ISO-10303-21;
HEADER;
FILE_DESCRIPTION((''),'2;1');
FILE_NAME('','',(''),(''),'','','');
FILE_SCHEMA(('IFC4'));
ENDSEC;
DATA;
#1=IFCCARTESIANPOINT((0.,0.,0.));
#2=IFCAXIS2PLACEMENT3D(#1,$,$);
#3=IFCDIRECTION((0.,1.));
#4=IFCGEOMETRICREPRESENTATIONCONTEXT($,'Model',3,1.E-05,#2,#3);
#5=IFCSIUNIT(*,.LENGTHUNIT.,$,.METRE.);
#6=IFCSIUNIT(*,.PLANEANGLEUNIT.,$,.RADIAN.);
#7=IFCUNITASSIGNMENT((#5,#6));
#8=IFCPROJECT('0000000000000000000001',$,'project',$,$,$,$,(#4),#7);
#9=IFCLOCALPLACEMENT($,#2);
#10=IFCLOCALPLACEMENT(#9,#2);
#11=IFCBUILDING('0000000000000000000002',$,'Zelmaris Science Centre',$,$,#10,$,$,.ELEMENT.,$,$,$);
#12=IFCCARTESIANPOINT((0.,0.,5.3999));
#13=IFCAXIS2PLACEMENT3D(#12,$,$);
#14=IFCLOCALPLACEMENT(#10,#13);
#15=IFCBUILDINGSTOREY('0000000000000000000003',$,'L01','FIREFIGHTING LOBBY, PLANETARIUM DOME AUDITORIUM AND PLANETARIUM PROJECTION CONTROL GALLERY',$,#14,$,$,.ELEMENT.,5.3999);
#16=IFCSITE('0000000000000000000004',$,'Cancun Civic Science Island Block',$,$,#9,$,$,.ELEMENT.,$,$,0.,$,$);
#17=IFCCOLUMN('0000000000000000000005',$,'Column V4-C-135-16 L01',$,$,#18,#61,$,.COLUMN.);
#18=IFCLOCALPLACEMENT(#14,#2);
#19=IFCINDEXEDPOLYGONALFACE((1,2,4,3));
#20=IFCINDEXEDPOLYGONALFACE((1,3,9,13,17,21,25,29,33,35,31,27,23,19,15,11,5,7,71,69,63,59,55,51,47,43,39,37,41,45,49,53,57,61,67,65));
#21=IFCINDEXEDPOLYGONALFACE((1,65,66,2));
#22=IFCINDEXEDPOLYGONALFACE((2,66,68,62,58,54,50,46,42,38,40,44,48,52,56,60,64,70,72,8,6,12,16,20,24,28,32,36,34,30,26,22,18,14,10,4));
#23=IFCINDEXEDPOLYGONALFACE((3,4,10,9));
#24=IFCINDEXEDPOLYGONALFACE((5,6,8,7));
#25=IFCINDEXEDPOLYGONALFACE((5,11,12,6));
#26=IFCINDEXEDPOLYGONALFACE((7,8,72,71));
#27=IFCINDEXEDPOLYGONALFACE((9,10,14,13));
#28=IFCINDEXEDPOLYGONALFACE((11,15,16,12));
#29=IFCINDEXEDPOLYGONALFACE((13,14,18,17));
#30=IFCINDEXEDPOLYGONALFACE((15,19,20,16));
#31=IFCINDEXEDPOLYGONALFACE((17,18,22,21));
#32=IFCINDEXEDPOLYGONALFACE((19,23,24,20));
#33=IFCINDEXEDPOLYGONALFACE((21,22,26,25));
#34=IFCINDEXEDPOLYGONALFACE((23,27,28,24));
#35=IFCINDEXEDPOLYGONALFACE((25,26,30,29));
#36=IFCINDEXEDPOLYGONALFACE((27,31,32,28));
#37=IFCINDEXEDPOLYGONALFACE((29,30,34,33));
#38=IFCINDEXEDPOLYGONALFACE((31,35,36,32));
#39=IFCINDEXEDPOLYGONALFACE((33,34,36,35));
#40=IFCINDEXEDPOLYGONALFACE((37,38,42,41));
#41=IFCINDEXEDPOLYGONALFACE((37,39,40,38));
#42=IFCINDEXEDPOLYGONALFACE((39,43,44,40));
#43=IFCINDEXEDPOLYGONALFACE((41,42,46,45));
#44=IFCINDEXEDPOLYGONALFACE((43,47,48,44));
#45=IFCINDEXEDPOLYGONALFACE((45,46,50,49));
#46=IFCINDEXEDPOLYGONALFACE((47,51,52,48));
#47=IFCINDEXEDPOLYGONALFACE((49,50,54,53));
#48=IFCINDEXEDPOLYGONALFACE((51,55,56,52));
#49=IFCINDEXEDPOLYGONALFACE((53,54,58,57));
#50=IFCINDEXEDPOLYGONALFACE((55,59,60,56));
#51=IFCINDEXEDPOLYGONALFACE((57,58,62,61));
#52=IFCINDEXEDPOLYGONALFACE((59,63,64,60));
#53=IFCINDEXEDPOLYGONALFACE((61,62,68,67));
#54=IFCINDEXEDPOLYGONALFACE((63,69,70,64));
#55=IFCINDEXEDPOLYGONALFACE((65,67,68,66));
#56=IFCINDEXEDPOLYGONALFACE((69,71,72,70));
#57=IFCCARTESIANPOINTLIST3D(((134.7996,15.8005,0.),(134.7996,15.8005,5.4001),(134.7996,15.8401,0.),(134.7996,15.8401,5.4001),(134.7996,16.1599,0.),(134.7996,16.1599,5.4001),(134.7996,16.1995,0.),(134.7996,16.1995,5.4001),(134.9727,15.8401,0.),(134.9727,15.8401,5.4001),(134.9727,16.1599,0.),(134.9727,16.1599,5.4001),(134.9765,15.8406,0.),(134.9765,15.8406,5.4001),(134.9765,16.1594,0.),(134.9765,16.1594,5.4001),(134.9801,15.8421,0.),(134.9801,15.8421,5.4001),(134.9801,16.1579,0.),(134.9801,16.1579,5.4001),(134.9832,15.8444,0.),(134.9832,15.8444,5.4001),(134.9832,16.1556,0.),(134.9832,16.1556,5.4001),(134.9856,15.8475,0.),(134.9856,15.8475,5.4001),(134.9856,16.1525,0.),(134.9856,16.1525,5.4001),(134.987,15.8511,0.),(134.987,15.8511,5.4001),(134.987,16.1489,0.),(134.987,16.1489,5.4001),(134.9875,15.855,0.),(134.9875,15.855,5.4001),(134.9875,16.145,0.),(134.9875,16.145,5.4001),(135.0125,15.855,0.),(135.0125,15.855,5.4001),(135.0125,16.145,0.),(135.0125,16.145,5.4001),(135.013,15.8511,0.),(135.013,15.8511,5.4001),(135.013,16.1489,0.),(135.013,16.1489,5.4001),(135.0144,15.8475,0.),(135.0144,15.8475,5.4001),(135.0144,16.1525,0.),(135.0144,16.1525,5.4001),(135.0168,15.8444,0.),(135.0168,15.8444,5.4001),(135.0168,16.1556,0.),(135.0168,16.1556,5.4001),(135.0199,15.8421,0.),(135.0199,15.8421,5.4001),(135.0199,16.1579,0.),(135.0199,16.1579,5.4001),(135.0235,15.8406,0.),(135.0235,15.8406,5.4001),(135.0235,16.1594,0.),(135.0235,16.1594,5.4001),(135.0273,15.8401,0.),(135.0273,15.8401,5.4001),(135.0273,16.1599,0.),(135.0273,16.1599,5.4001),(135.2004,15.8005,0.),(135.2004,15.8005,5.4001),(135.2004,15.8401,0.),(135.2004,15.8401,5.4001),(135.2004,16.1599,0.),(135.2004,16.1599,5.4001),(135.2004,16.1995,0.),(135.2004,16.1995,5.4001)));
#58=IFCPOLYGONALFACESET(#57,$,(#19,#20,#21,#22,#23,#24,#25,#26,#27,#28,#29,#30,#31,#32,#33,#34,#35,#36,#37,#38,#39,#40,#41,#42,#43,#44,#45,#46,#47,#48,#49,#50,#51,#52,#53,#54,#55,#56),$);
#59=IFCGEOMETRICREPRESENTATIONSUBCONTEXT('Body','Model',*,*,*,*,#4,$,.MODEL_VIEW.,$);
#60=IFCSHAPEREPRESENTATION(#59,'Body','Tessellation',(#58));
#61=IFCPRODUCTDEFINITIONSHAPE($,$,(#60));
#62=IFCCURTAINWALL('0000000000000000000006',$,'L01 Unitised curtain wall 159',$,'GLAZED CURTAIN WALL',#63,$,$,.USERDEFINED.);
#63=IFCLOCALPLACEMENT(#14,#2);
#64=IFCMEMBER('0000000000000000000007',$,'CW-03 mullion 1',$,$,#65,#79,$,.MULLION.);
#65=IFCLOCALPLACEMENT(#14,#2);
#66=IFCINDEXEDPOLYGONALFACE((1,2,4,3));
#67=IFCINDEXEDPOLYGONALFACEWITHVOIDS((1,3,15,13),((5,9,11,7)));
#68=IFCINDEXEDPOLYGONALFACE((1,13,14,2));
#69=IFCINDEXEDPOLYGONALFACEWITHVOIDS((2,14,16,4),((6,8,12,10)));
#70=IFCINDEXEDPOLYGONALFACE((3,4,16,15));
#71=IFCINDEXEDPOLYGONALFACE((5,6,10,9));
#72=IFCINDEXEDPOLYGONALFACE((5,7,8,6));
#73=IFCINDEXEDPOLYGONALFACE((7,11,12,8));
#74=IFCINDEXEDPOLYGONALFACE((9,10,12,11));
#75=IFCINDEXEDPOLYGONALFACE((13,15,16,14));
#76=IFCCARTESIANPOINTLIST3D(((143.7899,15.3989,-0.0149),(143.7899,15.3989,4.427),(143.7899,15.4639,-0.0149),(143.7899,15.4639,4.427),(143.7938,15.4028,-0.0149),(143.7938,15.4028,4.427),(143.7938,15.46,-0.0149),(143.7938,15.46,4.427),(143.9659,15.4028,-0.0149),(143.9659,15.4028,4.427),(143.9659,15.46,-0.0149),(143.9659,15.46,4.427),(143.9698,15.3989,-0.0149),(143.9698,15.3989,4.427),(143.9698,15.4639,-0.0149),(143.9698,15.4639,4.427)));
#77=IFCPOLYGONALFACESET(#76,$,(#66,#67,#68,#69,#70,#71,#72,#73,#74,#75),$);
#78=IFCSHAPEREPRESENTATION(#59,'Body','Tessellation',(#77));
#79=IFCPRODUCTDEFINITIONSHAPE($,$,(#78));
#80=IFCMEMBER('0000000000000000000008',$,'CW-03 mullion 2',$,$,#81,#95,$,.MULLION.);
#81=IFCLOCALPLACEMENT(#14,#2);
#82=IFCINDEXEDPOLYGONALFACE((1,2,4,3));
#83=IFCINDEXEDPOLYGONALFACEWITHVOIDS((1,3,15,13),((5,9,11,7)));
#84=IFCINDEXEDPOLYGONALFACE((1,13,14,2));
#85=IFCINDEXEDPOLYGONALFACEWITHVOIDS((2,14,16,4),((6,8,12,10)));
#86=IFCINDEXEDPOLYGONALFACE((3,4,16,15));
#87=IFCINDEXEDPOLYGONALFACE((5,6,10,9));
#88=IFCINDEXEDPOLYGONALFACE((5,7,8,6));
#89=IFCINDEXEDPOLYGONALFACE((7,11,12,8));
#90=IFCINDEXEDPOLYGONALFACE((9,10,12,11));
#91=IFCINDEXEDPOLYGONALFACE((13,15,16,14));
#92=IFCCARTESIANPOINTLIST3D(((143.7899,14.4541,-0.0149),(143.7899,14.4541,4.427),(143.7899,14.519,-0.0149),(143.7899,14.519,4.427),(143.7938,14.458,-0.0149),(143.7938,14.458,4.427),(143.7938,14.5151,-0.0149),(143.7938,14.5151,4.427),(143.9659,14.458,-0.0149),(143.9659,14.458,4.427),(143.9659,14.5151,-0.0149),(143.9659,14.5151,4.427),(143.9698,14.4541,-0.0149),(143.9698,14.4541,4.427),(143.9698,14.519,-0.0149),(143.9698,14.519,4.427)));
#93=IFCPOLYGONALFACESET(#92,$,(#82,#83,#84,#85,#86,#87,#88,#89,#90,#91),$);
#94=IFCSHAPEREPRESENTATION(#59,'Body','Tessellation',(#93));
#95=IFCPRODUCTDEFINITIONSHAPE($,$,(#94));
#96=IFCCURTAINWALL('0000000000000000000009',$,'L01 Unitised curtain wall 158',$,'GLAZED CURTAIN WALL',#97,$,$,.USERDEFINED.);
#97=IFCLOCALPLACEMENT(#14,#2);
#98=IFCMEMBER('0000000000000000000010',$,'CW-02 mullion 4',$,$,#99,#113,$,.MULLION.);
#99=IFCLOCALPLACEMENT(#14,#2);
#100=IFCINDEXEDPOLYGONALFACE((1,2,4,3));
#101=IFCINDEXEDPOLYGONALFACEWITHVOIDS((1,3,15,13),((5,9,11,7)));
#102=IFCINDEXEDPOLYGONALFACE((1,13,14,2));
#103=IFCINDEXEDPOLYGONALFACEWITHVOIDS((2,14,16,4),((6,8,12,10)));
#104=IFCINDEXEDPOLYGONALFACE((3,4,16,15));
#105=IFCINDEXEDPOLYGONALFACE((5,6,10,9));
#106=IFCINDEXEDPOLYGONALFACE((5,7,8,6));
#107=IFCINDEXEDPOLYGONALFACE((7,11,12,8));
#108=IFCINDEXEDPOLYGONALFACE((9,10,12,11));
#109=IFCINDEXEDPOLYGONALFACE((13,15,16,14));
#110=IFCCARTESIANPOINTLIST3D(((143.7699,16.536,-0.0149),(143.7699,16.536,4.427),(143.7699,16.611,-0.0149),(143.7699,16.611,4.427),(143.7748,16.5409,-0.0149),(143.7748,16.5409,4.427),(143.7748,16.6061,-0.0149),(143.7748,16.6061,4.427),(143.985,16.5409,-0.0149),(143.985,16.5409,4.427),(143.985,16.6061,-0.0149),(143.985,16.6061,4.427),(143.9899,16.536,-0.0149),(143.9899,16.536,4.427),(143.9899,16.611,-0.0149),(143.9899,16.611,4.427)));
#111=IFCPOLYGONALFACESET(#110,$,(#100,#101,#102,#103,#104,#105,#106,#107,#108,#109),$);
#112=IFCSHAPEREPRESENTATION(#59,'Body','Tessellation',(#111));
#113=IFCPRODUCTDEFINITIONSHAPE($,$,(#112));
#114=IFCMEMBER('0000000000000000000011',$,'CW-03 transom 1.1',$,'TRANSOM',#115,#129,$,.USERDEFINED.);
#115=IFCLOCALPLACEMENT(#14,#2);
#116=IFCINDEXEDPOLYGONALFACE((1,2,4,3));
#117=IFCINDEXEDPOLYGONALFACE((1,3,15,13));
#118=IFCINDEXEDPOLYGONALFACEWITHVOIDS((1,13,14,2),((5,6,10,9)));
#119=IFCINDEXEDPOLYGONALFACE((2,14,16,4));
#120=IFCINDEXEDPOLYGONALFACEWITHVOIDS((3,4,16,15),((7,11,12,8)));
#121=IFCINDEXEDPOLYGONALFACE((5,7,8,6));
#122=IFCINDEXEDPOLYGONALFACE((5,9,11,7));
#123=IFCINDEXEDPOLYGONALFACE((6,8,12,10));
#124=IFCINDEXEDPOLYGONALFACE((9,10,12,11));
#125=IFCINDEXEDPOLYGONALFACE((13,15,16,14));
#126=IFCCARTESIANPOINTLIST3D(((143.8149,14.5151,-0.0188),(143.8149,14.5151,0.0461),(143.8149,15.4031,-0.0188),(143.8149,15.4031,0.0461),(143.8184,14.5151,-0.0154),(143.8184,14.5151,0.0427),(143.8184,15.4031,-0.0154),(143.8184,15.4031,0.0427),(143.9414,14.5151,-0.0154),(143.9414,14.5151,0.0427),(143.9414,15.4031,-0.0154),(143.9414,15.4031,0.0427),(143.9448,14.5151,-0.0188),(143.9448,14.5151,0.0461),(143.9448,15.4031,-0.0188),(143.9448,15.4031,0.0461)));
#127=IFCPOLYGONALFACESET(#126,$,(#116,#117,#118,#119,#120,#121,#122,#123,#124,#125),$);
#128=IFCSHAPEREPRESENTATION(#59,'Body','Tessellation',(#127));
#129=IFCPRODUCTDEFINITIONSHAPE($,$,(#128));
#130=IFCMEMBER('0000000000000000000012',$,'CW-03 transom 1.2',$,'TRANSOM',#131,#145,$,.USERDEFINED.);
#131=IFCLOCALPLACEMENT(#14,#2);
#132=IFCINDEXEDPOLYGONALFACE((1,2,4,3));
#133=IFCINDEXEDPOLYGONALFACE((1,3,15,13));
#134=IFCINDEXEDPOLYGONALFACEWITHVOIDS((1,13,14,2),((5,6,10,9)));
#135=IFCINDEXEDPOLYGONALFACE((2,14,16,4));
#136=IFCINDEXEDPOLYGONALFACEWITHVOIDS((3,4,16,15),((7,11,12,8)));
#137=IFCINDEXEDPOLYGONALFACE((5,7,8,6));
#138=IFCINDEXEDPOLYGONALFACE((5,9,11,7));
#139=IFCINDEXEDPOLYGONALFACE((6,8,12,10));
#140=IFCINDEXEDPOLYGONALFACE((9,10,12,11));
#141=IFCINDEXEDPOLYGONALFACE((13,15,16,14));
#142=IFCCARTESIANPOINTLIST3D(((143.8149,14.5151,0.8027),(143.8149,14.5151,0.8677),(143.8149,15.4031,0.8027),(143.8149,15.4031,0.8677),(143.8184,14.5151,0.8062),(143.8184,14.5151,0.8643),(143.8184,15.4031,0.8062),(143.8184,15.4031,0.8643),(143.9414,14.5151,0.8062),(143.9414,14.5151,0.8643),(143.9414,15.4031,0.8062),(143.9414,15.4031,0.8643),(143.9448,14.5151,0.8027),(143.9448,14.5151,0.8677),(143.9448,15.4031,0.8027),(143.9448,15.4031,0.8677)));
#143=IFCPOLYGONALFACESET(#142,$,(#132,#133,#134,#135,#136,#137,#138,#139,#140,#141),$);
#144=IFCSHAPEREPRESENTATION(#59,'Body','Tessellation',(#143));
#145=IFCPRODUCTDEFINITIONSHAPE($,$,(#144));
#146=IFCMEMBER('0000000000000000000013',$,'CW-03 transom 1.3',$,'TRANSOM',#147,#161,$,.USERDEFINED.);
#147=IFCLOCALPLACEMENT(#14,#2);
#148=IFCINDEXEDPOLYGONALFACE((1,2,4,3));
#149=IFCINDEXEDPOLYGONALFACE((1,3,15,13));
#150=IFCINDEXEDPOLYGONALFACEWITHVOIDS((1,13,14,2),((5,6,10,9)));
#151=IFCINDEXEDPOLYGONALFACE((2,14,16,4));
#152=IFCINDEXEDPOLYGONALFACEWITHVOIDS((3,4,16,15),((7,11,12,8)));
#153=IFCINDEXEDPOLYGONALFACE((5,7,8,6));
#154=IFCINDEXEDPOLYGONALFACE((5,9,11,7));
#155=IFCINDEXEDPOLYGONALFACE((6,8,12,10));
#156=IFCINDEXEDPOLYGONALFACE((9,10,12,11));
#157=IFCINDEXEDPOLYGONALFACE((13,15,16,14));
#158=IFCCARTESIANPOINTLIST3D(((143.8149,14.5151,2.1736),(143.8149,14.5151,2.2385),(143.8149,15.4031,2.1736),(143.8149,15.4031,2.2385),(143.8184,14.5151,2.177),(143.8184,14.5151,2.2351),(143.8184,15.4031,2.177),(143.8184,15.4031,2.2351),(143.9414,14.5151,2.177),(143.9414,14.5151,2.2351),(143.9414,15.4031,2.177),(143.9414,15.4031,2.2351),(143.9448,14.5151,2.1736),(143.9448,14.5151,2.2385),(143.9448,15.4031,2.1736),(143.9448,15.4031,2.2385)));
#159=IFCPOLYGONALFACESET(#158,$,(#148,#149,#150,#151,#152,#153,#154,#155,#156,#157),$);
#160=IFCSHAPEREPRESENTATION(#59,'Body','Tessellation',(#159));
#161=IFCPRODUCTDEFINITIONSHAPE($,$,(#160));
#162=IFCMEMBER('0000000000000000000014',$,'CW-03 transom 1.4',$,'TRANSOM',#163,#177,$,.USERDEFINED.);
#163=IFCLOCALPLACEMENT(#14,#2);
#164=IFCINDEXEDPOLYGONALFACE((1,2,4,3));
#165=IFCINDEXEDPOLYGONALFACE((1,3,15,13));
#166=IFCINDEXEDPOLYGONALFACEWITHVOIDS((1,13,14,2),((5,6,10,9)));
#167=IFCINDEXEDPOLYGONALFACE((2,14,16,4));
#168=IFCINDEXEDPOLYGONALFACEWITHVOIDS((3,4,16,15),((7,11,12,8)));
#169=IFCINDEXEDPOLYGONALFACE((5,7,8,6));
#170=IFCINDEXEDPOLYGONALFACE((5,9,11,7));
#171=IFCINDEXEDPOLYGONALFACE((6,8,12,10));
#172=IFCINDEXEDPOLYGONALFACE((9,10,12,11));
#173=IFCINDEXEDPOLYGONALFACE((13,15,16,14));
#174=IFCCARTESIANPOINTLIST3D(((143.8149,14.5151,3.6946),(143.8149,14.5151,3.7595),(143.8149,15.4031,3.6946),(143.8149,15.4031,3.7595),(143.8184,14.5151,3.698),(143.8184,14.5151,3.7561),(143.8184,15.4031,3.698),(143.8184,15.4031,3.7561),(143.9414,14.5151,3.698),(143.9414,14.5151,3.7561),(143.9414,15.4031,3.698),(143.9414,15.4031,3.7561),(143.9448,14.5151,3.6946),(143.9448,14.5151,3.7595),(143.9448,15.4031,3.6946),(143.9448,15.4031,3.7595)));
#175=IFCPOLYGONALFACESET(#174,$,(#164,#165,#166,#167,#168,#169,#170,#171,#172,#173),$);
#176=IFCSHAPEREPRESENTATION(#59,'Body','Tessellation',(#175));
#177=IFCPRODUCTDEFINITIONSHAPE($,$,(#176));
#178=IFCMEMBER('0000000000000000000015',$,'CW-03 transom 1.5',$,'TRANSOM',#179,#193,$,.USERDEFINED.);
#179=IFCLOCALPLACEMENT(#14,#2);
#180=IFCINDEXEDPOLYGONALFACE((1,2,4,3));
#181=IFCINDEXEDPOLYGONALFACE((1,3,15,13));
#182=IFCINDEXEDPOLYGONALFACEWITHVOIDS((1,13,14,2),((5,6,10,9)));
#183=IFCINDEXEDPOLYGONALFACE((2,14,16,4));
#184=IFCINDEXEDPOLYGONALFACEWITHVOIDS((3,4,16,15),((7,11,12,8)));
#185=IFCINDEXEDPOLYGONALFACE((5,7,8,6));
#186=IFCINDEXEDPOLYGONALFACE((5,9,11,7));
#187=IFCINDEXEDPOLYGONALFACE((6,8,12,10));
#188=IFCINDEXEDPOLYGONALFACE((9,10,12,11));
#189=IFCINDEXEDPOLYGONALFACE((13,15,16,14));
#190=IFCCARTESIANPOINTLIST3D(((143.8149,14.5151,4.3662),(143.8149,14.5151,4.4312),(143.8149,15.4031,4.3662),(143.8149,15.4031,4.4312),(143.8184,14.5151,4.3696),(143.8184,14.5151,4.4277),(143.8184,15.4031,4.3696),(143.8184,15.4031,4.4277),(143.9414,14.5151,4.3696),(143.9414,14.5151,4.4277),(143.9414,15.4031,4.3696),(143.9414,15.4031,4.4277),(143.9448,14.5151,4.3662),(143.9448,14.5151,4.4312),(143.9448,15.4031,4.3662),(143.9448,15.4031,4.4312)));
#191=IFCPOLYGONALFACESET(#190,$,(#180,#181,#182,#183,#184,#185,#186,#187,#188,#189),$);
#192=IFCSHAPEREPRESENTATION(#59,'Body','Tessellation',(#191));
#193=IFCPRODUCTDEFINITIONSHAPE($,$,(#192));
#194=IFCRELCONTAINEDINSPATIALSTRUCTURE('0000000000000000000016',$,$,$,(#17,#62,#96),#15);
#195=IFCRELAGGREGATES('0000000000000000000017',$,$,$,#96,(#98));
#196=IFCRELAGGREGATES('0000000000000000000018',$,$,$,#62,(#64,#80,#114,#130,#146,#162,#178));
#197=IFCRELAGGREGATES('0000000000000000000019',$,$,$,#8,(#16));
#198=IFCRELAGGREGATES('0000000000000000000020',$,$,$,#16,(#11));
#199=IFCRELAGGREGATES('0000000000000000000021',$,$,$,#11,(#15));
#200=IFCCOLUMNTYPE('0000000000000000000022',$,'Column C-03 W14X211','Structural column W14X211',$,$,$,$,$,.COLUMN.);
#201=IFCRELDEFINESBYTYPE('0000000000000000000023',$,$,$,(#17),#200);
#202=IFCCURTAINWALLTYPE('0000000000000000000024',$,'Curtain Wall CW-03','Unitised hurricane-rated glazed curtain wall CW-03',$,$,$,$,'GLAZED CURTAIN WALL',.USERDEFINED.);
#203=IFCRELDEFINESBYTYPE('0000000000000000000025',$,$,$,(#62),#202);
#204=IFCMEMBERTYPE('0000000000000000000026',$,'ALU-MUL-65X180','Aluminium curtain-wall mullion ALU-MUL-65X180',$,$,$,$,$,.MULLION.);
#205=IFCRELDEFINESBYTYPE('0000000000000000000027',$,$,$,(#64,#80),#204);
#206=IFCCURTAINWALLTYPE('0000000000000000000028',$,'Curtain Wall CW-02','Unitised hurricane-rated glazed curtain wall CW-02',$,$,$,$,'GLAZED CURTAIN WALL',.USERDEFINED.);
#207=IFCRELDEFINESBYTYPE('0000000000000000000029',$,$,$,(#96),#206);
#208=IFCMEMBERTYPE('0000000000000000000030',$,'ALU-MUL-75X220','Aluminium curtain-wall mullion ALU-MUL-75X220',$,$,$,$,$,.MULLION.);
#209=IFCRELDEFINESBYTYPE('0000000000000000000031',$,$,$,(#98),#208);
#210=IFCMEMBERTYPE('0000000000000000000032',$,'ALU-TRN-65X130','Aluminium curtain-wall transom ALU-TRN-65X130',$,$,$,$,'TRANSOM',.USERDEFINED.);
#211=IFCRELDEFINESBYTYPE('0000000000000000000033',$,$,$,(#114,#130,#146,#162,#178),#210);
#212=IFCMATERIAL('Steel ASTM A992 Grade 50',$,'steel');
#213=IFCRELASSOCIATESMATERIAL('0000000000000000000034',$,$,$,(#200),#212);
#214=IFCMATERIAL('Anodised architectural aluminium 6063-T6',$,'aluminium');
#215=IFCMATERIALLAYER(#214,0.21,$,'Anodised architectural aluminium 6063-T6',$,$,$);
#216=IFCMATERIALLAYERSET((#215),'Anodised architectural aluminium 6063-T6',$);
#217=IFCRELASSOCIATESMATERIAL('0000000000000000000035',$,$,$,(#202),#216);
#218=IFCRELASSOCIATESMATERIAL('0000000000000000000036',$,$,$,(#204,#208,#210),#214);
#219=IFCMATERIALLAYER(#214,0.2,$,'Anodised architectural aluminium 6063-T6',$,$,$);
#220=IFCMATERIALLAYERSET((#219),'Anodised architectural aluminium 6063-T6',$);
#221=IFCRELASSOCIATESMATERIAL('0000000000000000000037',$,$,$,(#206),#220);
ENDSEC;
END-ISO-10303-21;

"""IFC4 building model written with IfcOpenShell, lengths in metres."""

from ifc_helpers import new_model, si_unit, direction, frame, origin, origin_2d, place, context, subcontext, project, spatial, hollow_rectangle, i_section, extrude, material, layer, layer_set, material_profile, profile_set, type_object, element, aggregate, save


model = new_model("IFC4")

# Units and contexts
model_context = context("Model", 3, precision=1e-05, world=origin(), true_north=direction((0.0, 1.0)))
body_context = subcontext(model_context, "Body", "Model", "MODEL_VIEW")
ifc_project = project(units=[si_unit("LENGTHUNIT", "METRE"), si_unit("PLANEANGLEUNIT", "RADIAN")], contexts=[model_context])

# Site, building, storey
site_placement = place(None, origin())
site = spatial("IfcSite", under=ifc_project, at=site_placement, Name="Cancun Civic Science Island Block", CompositionType="ELEMENT", RefElevation=0.0)
building_placement = place(site_placement, origin())
building = spatial("IfcBuilding", under=site, at=building_placement, Name="Zelmaris Science Centre", CompositionType="ELEMENT")
storey_placement = place(building_placement, frame((0.0, 0.0, 5.3999)))
storey = spatial("IfcBuildingStorey", under=building, at=storey_placement, Name="L01", Description="FIREFIGHTING LOBBY, PLANETARIUM DOME AUDITORIUM AND PLANETARIUM PROJECTION CONTROL GALLERY", CompositionType="ELEMENT", Elevation=5.3999)

# Column
ifc_material_1 = material(Name="Steel ASTM A992 Grade 50", Category="steel")
ifc_material_profile_1 = material_profile(ifc_material_1, i_section(OverallWidth=0.4009, OverallDepth=0.3989, WebThickness=0.0249, FlangeThickness=0.0396, FilletRadius=0.0149, at=origin_2d()), Name="W14X211")
ifc_profile_set_1 = profile_set([ifc_material_profile_1], Name="Steel ASTM A992 Grade 50")
column_type = type_object("IfcColumnType", Name="Column C-03 W14X211", Description="Structural column W14X211", PredefinedType="COLUMN", material=ifc_profile_set_1)
column_placement = place(storey_placement, frame((135.0, 16.0, 0.0), z_axis=(0.0, 0.0, 1.0), x_axis=(1.0, 0.0, 0.0)))
element("IfcColumn", 1, at=column_placement, inside=storey, type_object=column_type, Name="Column V4-C-135-16 L01", PredefinedType="COLUMN", context=body_context, shape_type="SweptSolid", body=[
    extrude(i_section(OverallWidth=0.4009, OverallDepth=0.3989, WebThickness=0.0249, FlangeThickness=0.0396, FilletRadius=0.0149, at=origin_2d()), origin(), (0.0, 0.0, 1.0), 5.4001),
])

# Curtain wall, members
ifc_material_2 = material(Name="Anodised architectural aluminium 6063-T6", Category="aluminium")
ifc_layer_1 = layer(ifc_material_2, 0.21, Name="Anodised architectural aluminium 6063-T6")
ifc_layer_set_1 = layer_set([ifc_layer_1], Name="Anodised architectural aluminium 6063-T6")
curtain_wall_type_1 = type_object("IfcCurtainWallType", Name="Curtain Wall CW-03", Description="Unitised hurricane-rated glazed curtain wall CW-03", ElementType="GLAZED CURTAIN WALL", PredefinedType="USERDEFINED", material=ifc_layer_set_1)
curtain_wall_1_placement = place(storey_placement, origin())
curtain_wall_1 = element("IfcCurtainWall", 2, at=curtain_wall_1_placement, inside=storey, type_object=curtain_wall_type_1, Name="L01 Unitised curtain wall 159", ObjectType="GLAZED CURTAIN WALL", PredefinedType="USERDEFINED")
ifc_material_profile_2 = material_profile(ifc_material_2, hollow_rectangle(XDim=0.0649, YDim=0.1799, WallThickness=0.0039, at=origin_2d()), Name="ALU-MUL-65X180")
ifc_profile_set_2 = profile_set([ifc_material_profile_2], Name="Anodised architectural aluminium 6063-T6")
member_type_1 = type_object("IfcMemberType", Name="ALU-MUL-65X180", Description="Aluminium curtain-wall mullion ALU-MUL-65X180", PredefinedType="MULLION", material=ifc_profile_set_2)
member_1_placement = place(storey_placement, frame((143.8799, 15.4314, -0.0149), z_axis=(0.0, 0.0, 1.0), x_axis=(0.0, -1.0, 0.0)))
member_1 = element("IfcMember", 3, at=member_1_placement, type_object=member_type_1, Name="CW-03 mullion 1", PredefinedType="MULLION", context=body_context, shape_type="SweptSolid", body=[
    extrude(hollow_rectangle(XDim=0.0649, YDim=0.1799, WallThickness=0.0039, at=origin_2d()), origin(), (0.0, 0.0, 1.0), 4.4419),
])
member_2_placement = place(storey_placement, frame((143.8799, 14.4866, -0.0149), z_axis=(0.0, 0.0, 1.0), x_axis=(0.0, -1.0, 0.0)))
member_2 = element("IfcMember", 4, at=member_2_placement, type_object=member_type_1, Name="CW-03 mullion 2", PredefinedType="MULLION", context=body_context, shape_type="SweptSolid", body=[
    extrude(hollow_rectangle(XDim=0.0649, YDim=0.1799, WallThickness=0.0039, at=origin_2d()), origin(), (0.0, 0.0, 1.0), 4.4419),
])

# Curtain wall, member
ifc_layer_2 = layer(ifc_material_2, 0.2, Name="Anodised architectural aluminium 6063-T6")
ifc_layer_set_2 = layer_set([ifc_layer_2], Name="Anodised architectural aluminium 6063-T6")
curtain_wall_type_2 = type_object("IfcCurtainWallType", Name="Curtain Wall CW-02", Description="Unitised hurricane-rated glazed curtain wall CW-02", ElementType="GLAZED CURTAIN WALL", PredefinedType="USERDEFINED", material=ifc_layer_set_2)
curtain_wall_2_placement = place(storey_placement, origin())
curtain_wall_2 = element("IfcCurtainWall", 5, at=curtain_wall_2_placement, inside=storey, type_object=curtain_wall_type_2, Name="L01 Unitised curtain wall 158", ObjectType="GLAZED CURTAIN WALL", PredefinedType="USERDEFINED")
ifc_material_profile_3 = material_profile(ifc_material_2, hollow_rectangle(XDim=0.075, YDim=0.22, WallThickness=0.0049, at=origin_2d()), Name="ALU-MUL-75X220")
ifc_profile_set_3 = profile_set([ifc_material_profile_3], Name="Anodised architectural aluminium 6063-T6")
member_type_2 = type_object("IfcMemberType", Name="ALU-MUL-75X220", Description="Aluminium curtain-wall mullion ALU-MUL-75X220", PredefinedType="MULLION", material=ifc_profile_set_3)
member_3_placement = place(storey_placement, frame((143.8799, 16.5735, -0.0149), z_axis=(0.0, 0.0, 1.0), x_axis=(0.0, -1.0, 0.0)))
member_3 = element("IfcMember", 6, at=member_3_placement, type_object=member_type_2, Name="CW-02 mullion 4", PredefinedType="MULLION", context=body_context, shape_type="SweptSolid", body=[
    extrude(hollow_rectangle(XDim=0.075, YDim=0.22, WallThickness=0.0049, at=origin_2d()), origin(), (0.0, 0.0, 1.0), 4.4419),
])

# Members
ifc_material_profile_4 = material_profile(ifc_material_2, hollow_rectangle(XDim=0.0649, YDim=0.1299, WallThickness=0.0034, at=origin_2d()), Name="ALU-TRN-65X130")
ifc_profile_set_4 = profile_set([ifc_material_profile_4], Name="Anodised architectural aluminium 6063-T6")
member_type_3 = type_object("IfcMemberType", Name="ALU-TRN-65X130", Description="Aluminium curtain-wall transom ALU-TRN-65X130", ElementType="TRANSOM", PredefinedType="USERDEFINED", material=ifc_profile_set_4)
member_4_placement = place(storey_placement, frame((143.8799, 15.4031, 0.0137), z_axis=(0.0, -1.0, 0.0), x_axis=(0.0, 0.0, 1.0)))
member_4 = element("IfcMember", 7, at=member_4_placement, type_object=member_type_3, Name="CW-03 transom 1.1", ObjectType="TRANSOM", PredefinedType="USERDEFINED", context=body_context, shape_type="SweptSolid", body=[
    extrude(hollow_rectangle(XDim=0.0649, YDim=0.1299, WallThickness=0.0034, at=origin_2d()), origin(), (0.0, 0.0, 1.0), 0.8879),
])
member_5_placement = place(storey_placement, frame((143.8799, 15.4031, 0.8352), z_axis=(0.0, -1.0, 0.0), x_axis=(0.0, 0.0, 1.0)))
member_5 = element("IfcMember", 8, at=member_5_placement, type_object=member_type_3, Name="CW-03 transom 1.2", ObjectType="TRANSOM", PredefinedType="USERDEFINED", context=body_context, shape_type="SweptSolid", body=[
    extrude(hollow_rectangle(XDim=0.0649, YDim=0.1299, WallThickness=0.0034, at=origin_2d()), origin(), (0.0, 0.0, 1.0), 0.8879),
])
member_6_placement = place(storey_placement, frame((143.8799, 15.4031, 2.2061), z_axis=(0.0, -1.0, 0.0), x_axis=(0.0, 0.0, 1.0)))
member_6 = element("IfcMember", 9, at=member_6_placement, type_object=member_type_3, Name="CW-03 transom 1.3", ObjectType="TRANSOM", PredefinedType="USERDEFINED", context=body_context, shape_type="SweptSolid", body=[
    extrude(hollow_rectangle(XDim=0.0649, YDim=0.1299, WallThickness=0.0034, at=origin_2d()), origin(), (0.0, 0.0, 1.0), 0.8879),
])
member_7_placement = place(storey_placement, frame((143.8799, 15.4031, 3.7271), z_axis=(0.0, -1.0, 0.0), x_axis=(0.0, 0.0, 1.0)))
member_7 = element("IfcMember", 10, at=member_7_placement, type_object=member_type_3, Name="CW-03 transom 1.4", ObjectType="TRANSOM", PredefinedType="USERDEFINED", context=body_context, shape_type="SweptSolid", body=[
    extrude(hollow_rectangle(XDim=0.0649, YDim=0.1299, WallThickness=0.0034, at=origin_2d()), origin(), (0.0, 0.0, 1.0), 0.8879),
])
member_8_placement = place(storey_placement, frame((143.8799, 15.4031, 4.3987), z_axis=(0.0, -1.0, 0.0), x_axis=(0.0, 0.0, 1.0)))
member_8 = element("IfcMember", 11, at=member_8_placement, type_object=member_type_3, Name="CW-03 transom 1.5", ObjectType="TRANSOM", PredefinedType="USERDEFINED", context=body_context, shape_type="SweptSolid", body=[
    extrude(hollow_rectangle(XDim=0.0649, YDim=0.1299, WallThickness=0.0034, at=origin_2d()), origin(), (0.0, 0.0, 1.0), 0.8879),
])

aggregate(curtain_wall_2, [member_3])
aggregate(curtain_wall_1, [member_1, member_2, member_4, member_5, member_6, member_7, member_8])

save(model, "model.ifc")
